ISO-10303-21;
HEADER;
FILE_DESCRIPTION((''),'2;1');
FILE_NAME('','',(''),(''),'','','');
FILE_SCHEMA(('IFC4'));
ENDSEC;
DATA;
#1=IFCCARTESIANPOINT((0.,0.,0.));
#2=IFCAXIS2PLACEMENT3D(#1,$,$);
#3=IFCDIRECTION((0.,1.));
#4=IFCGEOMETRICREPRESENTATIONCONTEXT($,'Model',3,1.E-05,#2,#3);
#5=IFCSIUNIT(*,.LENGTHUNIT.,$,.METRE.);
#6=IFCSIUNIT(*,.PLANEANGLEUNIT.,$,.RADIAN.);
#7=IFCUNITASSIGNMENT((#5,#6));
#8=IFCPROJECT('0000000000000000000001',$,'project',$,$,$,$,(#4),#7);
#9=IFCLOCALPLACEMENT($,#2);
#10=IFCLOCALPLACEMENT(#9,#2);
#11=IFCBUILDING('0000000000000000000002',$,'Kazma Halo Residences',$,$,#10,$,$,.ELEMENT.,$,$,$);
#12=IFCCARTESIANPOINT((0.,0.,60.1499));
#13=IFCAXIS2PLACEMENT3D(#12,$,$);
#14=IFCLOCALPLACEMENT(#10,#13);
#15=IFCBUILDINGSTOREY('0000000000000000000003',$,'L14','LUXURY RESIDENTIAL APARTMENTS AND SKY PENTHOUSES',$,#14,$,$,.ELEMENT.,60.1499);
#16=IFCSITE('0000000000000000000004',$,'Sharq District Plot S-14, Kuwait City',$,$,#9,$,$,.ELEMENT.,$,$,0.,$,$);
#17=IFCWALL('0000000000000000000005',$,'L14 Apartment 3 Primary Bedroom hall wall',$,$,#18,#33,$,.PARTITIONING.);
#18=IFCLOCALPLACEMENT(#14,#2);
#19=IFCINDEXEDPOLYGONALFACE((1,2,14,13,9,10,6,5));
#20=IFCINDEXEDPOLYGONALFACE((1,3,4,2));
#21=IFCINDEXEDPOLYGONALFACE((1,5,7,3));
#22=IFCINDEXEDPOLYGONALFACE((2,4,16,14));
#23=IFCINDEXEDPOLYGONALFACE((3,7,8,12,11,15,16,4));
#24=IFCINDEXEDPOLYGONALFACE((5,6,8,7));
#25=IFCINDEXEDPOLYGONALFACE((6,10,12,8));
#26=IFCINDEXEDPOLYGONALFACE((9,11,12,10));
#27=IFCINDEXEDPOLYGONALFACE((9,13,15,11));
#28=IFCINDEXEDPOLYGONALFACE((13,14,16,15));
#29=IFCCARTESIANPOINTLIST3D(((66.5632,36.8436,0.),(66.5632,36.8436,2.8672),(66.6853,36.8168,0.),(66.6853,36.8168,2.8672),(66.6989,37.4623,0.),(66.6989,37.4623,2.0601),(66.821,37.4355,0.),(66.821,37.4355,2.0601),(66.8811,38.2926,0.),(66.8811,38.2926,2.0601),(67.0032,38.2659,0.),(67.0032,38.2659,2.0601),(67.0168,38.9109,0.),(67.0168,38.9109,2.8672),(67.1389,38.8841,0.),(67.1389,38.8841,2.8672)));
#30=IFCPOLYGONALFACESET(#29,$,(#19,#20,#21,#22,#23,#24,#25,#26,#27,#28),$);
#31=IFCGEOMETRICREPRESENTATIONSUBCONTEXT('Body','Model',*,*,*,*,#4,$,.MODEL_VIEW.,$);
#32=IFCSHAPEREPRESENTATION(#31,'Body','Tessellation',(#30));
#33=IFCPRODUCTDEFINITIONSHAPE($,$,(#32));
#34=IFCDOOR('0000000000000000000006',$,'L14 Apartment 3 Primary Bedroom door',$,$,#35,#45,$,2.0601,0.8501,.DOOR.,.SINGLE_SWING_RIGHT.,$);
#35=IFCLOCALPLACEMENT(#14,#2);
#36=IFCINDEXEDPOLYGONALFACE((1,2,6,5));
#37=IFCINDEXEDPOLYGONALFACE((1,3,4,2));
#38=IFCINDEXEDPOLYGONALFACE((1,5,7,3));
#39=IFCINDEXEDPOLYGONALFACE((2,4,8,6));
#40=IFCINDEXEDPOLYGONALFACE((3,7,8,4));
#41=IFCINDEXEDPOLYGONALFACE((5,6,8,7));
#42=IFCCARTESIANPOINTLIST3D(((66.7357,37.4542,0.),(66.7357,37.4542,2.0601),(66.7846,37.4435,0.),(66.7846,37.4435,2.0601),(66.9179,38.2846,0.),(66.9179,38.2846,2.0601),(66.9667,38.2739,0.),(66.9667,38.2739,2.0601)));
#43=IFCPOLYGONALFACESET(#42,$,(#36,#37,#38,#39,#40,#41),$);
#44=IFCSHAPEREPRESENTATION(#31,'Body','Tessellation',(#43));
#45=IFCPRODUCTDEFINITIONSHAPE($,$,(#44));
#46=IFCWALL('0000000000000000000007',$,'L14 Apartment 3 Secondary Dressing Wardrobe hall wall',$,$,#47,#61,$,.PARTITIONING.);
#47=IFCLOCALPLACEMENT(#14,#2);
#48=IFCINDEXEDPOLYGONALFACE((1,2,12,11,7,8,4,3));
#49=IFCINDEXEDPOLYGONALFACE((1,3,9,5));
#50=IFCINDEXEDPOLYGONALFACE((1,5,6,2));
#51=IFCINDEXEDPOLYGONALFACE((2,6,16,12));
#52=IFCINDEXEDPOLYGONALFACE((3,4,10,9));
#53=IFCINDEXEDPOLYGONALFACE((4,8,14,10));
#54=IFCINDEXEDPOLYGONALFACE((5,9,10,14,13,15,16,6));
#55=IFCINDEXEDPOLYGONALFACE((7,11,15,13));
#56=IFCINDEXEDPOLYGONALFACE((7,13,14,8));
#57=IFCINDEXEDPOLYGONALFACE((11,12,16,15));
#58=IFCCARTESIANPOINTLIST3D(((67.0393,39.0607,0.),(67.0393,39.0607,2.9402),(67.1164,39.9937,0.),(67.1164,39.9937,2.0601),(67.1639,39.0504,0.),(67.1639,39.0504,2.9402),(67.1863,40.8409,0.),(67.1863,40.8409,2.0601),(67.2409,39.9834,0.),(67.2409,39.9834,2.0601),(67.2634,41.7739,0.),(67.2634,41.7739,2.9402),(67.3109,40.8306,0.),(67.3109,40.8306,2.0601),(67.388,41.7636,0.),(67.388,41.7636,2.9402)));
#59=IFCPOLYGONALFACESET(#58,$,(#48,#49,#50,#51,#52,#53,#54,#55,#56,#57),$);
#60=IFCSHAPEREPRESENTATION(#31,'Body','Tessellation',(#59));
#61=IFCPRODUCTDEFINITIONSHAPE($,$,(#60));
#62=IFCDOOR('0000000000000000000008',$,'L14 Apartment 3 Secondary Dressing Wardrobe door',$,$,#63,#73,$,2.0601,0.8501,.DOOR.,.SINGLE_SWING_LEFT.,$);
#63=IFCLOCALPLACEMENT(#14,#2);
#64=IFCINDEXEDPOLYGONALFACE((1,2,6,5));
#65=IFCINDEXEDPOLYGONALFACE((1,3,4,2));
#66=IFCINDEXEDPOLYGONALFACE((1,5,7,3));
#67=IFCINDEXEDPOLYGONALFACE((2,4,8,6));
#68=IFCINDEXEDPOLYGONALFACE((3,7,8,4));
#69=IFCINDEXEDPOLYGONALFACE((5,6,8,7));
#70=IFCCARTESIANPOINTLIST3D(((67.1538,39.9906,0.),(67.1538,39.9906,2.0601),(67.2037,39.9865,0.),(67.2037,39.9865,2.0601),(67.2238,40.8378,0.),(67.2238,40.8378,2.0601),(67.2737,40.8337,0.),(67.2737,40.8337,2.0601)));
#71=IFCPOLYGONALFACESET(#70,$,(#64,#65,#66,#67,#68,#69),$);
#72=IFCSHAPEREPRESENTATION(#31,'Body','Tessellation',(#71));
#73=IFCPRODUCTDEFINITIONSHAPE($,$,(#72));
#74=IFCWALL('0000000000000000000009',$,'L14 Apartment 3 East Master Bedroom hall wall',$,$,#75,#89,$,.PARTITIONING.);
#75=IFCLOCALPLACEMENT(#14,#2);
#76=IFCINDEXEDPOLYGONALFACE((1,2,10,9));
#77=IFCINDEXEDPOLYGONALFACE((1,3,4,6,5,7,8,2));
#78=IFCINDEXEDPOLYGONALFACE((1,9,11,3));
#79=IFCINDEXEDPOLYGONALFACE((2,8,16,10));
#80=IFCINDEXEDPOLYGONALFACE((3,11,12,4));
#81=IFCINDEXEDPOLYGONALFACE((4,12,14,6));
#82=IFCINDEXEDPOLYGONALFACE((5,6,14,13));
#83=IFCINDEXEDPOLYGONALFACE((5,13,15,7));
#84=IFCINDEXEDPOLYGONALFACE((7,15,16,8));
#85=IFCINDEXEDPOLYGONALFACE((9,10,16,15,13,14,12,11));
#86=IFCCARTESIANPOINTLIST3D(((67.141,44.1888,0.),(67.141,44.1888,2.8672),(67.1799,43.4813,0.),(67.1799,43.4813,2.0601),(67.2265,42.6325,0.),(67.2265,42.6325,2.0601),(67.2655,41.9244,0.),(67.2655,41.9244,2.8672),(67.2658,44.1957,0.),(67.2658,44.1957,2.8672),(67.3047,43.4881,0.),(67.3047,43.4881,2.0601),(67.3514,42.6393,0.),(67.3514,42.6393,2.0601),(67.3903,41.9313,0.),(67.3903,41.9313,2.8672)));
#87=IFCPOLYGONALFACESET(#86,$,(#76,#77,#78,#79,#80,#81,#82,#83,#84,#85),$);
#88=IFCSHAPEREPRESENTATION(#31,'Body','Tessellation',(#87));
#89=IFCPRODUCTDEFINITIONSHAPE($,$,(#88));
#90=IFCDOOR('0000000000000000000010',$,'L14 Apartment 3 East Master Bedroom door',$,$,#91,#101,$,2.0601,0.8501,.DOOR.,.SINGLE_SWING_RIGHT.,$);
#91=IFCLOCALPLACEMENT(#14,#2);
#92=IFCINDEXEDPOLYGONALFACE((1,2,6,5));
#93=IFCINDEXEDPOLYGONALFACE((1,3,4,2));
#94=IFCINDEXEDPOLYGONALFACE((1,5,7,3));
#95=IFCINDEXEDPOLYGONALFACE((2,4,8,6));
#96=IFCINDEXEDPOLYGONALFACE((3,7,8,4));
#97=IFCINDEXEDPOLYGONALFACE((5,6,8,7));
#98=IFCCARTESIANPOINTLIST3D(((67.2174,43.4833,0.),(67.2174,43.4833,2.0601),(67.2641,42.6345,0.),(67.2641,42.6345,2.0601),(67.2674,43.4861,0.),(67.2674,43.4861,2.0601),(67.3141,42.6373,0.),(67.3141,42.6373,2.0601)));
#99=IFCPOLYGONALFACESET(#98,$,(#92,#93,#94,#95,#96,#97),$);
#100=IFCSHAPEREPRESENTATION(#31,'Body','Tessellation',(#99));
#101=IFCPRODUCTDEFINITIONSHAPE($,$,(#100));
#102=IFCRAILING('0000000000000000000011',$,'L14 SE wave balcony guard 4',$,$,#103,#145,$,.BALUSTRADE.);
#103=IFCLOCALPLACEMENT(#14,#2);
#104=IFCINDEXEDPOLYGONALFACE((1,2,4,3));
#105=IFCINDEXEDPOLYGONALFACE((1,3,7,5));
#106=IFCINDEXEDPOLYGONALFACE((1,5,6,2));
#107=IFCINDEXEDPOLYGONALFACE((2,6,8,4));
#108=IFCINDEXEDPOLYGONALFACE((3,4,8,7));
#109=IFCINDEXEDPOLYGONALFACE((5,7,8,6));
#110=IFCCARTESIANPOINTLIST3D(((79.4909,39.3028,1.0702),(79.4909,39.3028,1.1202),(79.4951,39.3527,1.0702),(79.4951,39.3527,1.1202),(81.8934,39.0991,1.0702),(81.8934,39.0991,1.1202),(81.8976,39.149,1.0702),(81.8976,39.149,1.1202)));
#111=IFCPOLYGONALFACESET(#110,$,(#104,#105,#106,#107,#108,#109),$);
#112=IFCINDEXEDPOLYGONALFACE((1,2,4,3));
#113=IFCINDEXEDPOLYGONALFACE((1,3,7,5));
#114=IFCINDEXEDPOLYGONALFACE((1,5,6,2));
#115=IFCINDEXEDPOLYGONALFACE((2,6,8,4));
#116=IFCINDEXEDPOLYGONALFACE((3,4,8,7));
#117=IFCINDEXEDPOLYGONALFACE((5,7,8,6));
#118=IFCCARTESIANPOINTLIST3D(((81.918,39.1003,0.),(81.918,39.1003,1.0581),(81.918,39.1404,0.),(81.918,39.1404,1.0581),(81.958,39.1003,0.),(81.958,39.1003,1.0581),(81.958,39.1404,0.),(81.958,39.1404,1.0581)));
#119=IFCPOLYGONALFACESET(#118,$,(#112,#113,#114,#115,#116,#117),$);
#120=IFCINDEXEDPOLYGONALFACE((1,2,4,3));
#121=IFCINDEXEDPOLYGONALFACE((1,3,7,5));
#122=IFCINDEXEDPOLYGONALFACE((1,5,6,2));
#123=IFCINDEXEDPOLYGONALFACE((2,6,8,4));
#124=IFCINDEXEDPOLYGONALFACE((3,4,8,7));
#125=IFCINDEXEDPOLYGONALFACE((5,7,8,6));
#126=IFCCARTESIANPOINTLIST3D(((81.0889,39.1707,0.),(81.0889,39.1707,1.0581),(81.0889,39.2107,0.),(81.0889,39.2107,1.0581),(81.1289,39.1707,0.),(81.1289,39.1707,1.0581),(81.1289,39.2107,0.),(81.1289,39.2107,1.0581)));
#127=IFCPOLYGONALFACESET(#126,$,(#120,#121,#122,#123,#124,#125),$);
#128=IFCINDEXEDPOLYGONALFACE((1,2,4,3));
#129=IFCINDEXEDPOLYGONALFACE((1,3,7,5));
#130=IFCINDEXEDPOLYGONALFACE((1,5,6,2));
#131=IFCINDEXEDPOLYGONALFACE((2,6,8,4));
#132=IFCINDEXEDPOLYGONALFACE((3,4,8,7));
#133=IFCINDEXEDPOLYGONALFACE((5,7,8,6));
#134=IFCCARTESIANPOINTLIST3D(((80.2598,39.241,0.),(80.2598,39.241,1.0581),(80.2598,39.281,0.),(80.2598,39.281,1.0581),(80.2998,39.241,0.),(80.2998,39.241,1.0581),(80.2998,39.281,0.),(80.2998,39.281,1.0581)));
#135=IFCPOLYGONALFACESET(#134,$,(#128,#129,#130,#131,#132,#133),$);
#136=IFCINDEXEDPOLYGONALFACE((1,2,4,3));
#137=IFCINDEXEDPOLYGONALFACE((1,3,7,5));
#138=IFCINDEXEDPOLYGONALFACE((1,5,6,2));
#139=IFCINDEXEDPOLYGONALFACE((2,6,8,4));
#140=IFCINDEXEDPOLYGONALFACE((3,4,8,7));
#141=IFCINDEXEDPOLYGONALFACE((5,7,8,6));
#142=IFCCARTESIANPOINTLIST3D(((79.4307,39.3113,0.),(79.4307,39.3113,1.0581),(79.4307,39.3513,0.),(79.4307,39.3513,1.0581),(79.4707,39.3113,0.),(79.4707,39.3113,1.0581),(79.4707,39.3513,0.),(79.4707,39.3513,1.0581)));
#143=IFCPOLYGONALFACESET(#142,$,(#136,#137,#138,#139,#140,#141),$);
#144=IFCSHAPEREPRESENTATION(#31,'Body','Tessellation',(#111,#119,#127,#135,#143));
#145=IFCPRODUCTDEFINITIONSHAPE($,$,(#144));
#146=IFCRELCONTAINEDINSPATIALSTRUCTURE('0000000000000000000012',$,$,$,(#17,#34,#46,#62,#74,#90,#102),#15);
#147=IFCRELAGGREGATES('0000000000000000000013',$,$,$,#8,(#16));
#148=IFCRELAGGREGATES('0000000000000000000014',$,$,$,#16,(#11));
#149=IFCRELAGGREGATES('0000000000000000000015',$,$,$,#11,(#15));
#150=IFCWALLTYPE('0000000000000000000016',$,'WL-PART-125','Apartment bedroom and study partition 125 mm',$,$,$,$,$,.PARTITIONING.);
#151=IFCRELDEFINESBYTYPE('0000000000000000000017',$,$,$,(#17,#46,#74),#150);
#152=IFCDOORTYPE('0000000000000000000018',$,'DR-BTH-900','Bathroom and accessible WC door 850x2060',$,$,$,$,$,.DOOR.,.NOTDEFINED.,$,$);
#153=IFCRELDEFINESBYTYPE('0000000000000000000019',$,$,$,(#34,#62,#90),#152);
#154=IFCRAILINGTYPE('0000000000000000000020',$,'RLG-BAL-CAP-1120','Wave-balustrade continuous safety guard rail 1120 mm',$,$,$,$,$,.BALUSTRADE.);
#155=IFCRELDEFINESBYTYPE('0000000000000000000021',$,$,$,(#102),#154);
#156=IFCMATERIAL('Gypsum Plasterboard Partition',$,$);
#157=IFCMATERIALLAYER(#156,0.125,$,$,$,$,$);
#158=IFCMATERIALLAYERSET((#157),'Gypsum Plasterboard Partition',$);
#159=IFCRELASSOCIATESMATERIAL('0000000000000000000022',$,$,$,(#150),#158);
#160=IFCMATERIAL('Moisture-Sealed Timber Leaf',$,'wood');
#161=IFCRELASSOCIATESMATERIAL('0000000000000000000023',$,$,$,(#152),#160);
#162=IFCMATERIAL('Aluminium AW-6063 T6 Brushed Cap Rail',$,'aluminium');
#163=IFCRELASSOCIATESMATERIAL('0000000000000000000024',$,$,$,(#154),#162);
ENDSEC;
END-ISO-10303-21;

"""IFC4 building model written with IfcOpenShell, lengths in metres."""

from ifc_helpers import new_model, si_unit, direction, frame, frame_2d, origin, origin_2d, place, context, subcontext, project, spatial, rectangle, extrude, material, layer, layer_set, type_object, element, fill, save


model = new_model("IFC4")

# Units and contexts
model_context = context("Model", 3, precision=1e-05, world=origin(), true_north=direction((0.0, 1.0)))
body_context = subcontext(model_context, "Body", "Model", "MODEL_VIEW")
ifc_project = project(units=[si_unit("LENGTHUNIT", "METRE"), si_unit("PLANEANGLEUNIT", "RADIAN")], contexts=[model_context])

# Site, building, storey
site_placement = place(None, origin())
site = spatial("IfcSite", under=ifc_project, at=site_placement, Name="Sharq District Plot S-14, Kuwait City", CompositionType="ELEMENT", RefElevation=0.0)
building_placement = place(site_placement, origin())
building = spatial("IfcBuilding", under=site, at=building_placement, Name="Kazma Halo Residences", CompositionType="ELEMENT")
storey_placement = place(building_placement, frame((0.0, 0.0, 60.1499)))
storey = spatial("IfcBuildingStorey", under=building, at=storey_placement, Name="L14", Description="LUXURY RESIDENTIAL APARTMENTS AND SKY PENTHOUSES", CompositionType="ELEMENT", Elevation=60.1499)

# Shared definitions
ifc_material_1 = material(Name="Gypsum Plasterboard Partition")
ifc_layer_1 = layer(ifc_material_1, 0.125)
ifc_layer_set_1 = layer_set([ifc_layer_1], Name="Gypsum Plasterboard Partition")
wall_type_1 = type_object("IfcWallType", Name="WL-PART-125", Description="Apartment bedroom and study partition 125 mm", PredefinedType="PARTITIONING", material=ifc_layer_set_1)

# Shared definitions
ifc_material_2 = material(Name="Moisture-Sealed Timber Leaf", Category="wood")
door_type = type_object("IfcDoorType", Name="DR-BTH-900", Description="Bathroom and accessible WC door 850x2060", OperationType="NOTDEFINED", PredefinedType="DOOR", material=ifc_material_2)

# Walls, openings, doors
wall_1_placement = place(storey_placement, frame((66.6243, 36.8303, 0.0), z_axis=(0.0, 0.0, 1.0), x_axis=(0.214316, 0.976764, 0.0)))
wall_1 = element("IfcWall", 1, at=wall_1_placement, inside=storey, type_object=wall_type_1, Name="L14 Apartment 3 Primary Bedroom hall wall", PredefinedType="PARTITIONING", context=body_context, shape_type="SweptSolid", body=[
    extrude(rectangle(XDim=2.1165, YDim=0.125, at=frame_2d((1.0581, 0.0))), origin(), (0.0, 0.0, 1.0), 2.8672),
])
opening_1_placement = place(wall_1_placement, frame((0.6333, 0.0, 0.0)))
opening_1 = element("IfcOpeningElement", 2, at=opening_1_placement, cuts=wall_1, PredefinedType="OPENING", context=body_context, shape_type="SweptSolid", body=[
    extrude(rectangle(XDim=0.8501, YDim=2.0601, at=frame_2d((0.425, 1.03))), frame((0.0, 0.0725, 0.0), z_axis=(0.0, -1.0, 0.0), x_axis=(1.0, 0.0, 0.0)), (0.0, 0.0, 1.0), 0.145),
])
door_1_placement = place(opening_1_placement, origin())
door_1 = element("IfcDoor", 3, at=door_1_placement, inside=storey, type_object=door_type, Name="L14 Apartment 3 Primary Bedroom door", OperationType="SINGLE_SWING_RIGHT", OverallHeight=2.0601, OverallWidth=0.8501, PredefinedType="DOOR", context=body_context, shape_type="SweptSolid", body=[
    extrude(rectangle(XDim=0.8501, YDim=2.0601, at=frame_2d((0.425, 1.03))), frame((0.0, 0.0249, 0.0), z_axis=(0.0, -1.0, 0.0), x_axis=(1.0, 0.0, 0.0)), (0.0, 0.0, 1.0), 0.05),
])
fill(opening_1, door_1)
wall_2_placement = place(storey_placement, frame((67.1016, 39.0554, 0.0), z_axis=(0.0, 0.0, 1.0), x_axis=(0.082326, 0.996605, 0.0)))
wall_2 = element("IfcWall", 4, at=wall_2_placement, inside=storey, type_object=wall_type_1, Name="L14 Apartment 3 Secondary Dressing Wardrobe hall wall", PredefinedType="PARTITIONING", context=body_context, shape_type="SweptSolid", body=[
    extrude(rectangle(XDim=2.7224, YDim=0.125, at=frame_2d((1.3613, 0.0))), origin(), (0.0, 0.0, 1.0), 2.9402),
])
opening_2_placement = place(wall_2_placement, frame((0.9363, 0.0, 0.0)))
opening_2 = element("IfcOpeningElement", 5, at=opening_2_placement, cuts=wall_2, PredefinedType="OPENING", context=body_context, shape_type="SweptSolid", body=[
    extrude(rectangle(XDim=0.8501, YDim=2.0601, at=frame_2d((0.425, 1.03))), frame((0.0, 0.0725, 0.0), z_axis=(0.0, -1.0, 0.0), x_axis=(1.0, 0.0, 0.0)), (0.0, 0.0, 1.0), 0.145),
])
door_2_placement = place(opening_2_placement, origin())
door_2 = element("IfcDoor", 6, at=door_2_placement, inside=storey, type_object=door_type, Name="L14 Apartment 3 Secondary Dressing Wardrobe door", OperationType="SINGLE_SWING_LEFT", OverallHeight=2.0601, OverallWidth=0.8501, PredefinedType="DOOR", context=body_context, shape_type="SweptSolid", body=[
    extrude(rectangle(XDim=0.8501, YDim=2.0601, at=frame_2d((0.425, 1.03))), frame((0.0, 0.0249, 0.0), z_axis=(0.0, -1.0, 0.0), x_axis=(1.0, 0.0, 0.0)), (0.0, 0.0, 1.0), 0.05),
])
fill(opening_2, door_2)
wall_3_placement = place(storey_placement, frame((67.3279, 41.928, 0.0), z_axis=(0.0, 0.0, 1.0), x_axis=(-0.054904, 0.998492, 0.0)))
wall_3 = element("IfcWall", 7, at=wall_3_placement, inside=storey, type_object=wall_type_1, Name="L14 Apartment 3 East Master Bedroom hall wall", PredefinedType="PARTITIONING", context=body_context, shape_type="SweptSolid", body=[
    extrude(rectangle(XDim=2.2678, YDim=0.125, at=frame_2d((1.1338, 0.0))), origin(), (0.0, 0.0, 1.0), 2.8672),
])
opening_3_placement = place(wall_3_placement, frame((0.709, 0.0, 0.0)))
opening_3 = element("IfcOpeningElement", 8, at=opening_3_placement, cuts=wall_3, PredefinedType="OPENING", context=body_context, shape_type="SweptSolid", body=[
    extrude(rectangle(XDim=0.8501, YDim=2.0601, at=frame_2d((0.425, 1.03))), frame((0.0, 0.0725, 0.0), z_axis=(0.0, -1.0, 0.0), x_axis=(1.0, 0.0, 0.0)), (0.0, 0.0, 1.0), 0.145),
])
door_3_placement = place(opening_3_placement, origin())
door_3 = element("IfcDoor", 9, at=door_3_placement, inside=storey, type_object=door_type, Name="L14 Apartment 3 East Master Bedroom door", OperationType="SINGLE_SWING_RIGHT", OverallHeight=2.0601, OverallWidth=0.8501, PredefinedType="DOOR", context=body_context, shape_type="SweptSolid", body=[
    extrude(rectangle(XDim=0.8501, YDim=2.0601, at=frame_2d((0.425, 1.03))), frame((0.0, 0.0249, 0.0), z_axis=(0.0, -1.0, 0.0), x_axis=(1.0, 0.0, 0.0)), (0.0, 0.0, 1.0), 0.05),
])
fill(opening_3, door_3)

# Railing
ifc_material_3 = material(Name="Aluminium AW-6063 T6 Brushed Cap Rail", Category="aluminium")
railing_type = type_object("IfcRailingType", Name="RLG-BAL-CAP-1120", Description="Wave-balustrade continuous safety guard rail 1120 mm", PredefinedType="BALUSTRADE", material=ifc_material_3)
railing_placement = place(storey_placement, frame((81.938, 39.1204, 0.0)))
element("IfcRailing", 10, at=railing_placement, inside=storey, type_object=railing_type, Name="L14 SE wave balcony guard 4", PredefinedType="BALUSTRADE", context=body_context, shape_type="SweptSolid", body=[
    extrude(rectangle(XDim=0.05, YDim=0.05, at=origin_2d()), frame((-0.0425, 0.0037, 1.0952), z_axis=(-0.996423, 0.084502, 0.0), x_axis=(-0.084502, -0.996423, 0.0)), (0.0, 0.0, 1.0), 2.4111),
    extrude(rectangle(XDim=0.04, YDim=0.04, at=origin_2d()), origin(), (0.0, 0.0, 1.0), 1.0581),
    extrude(rectangle(XDim=0.04, YDim=0.04, at=origin_2d()), frame((-0.8291, 0.0703, 0.0)), (0.0, 0.0, 1.0), 1.0581),
    extrude(rectangle(XDim=0.04, YDim=0.04, at=origin_2d()), frame((-1.6582, 0.1406, 0.0)), (0.0, 0.0, 1.0), 1.0581),
    extrude(rectangle(XDim=0.04, YDim=0.04, at=origin_2d()), frame((-2.4873, 0.2109, 0.0)), (0.0, 0.0, 1.0), 1.0581),
])

save(model, "model.ifc")
